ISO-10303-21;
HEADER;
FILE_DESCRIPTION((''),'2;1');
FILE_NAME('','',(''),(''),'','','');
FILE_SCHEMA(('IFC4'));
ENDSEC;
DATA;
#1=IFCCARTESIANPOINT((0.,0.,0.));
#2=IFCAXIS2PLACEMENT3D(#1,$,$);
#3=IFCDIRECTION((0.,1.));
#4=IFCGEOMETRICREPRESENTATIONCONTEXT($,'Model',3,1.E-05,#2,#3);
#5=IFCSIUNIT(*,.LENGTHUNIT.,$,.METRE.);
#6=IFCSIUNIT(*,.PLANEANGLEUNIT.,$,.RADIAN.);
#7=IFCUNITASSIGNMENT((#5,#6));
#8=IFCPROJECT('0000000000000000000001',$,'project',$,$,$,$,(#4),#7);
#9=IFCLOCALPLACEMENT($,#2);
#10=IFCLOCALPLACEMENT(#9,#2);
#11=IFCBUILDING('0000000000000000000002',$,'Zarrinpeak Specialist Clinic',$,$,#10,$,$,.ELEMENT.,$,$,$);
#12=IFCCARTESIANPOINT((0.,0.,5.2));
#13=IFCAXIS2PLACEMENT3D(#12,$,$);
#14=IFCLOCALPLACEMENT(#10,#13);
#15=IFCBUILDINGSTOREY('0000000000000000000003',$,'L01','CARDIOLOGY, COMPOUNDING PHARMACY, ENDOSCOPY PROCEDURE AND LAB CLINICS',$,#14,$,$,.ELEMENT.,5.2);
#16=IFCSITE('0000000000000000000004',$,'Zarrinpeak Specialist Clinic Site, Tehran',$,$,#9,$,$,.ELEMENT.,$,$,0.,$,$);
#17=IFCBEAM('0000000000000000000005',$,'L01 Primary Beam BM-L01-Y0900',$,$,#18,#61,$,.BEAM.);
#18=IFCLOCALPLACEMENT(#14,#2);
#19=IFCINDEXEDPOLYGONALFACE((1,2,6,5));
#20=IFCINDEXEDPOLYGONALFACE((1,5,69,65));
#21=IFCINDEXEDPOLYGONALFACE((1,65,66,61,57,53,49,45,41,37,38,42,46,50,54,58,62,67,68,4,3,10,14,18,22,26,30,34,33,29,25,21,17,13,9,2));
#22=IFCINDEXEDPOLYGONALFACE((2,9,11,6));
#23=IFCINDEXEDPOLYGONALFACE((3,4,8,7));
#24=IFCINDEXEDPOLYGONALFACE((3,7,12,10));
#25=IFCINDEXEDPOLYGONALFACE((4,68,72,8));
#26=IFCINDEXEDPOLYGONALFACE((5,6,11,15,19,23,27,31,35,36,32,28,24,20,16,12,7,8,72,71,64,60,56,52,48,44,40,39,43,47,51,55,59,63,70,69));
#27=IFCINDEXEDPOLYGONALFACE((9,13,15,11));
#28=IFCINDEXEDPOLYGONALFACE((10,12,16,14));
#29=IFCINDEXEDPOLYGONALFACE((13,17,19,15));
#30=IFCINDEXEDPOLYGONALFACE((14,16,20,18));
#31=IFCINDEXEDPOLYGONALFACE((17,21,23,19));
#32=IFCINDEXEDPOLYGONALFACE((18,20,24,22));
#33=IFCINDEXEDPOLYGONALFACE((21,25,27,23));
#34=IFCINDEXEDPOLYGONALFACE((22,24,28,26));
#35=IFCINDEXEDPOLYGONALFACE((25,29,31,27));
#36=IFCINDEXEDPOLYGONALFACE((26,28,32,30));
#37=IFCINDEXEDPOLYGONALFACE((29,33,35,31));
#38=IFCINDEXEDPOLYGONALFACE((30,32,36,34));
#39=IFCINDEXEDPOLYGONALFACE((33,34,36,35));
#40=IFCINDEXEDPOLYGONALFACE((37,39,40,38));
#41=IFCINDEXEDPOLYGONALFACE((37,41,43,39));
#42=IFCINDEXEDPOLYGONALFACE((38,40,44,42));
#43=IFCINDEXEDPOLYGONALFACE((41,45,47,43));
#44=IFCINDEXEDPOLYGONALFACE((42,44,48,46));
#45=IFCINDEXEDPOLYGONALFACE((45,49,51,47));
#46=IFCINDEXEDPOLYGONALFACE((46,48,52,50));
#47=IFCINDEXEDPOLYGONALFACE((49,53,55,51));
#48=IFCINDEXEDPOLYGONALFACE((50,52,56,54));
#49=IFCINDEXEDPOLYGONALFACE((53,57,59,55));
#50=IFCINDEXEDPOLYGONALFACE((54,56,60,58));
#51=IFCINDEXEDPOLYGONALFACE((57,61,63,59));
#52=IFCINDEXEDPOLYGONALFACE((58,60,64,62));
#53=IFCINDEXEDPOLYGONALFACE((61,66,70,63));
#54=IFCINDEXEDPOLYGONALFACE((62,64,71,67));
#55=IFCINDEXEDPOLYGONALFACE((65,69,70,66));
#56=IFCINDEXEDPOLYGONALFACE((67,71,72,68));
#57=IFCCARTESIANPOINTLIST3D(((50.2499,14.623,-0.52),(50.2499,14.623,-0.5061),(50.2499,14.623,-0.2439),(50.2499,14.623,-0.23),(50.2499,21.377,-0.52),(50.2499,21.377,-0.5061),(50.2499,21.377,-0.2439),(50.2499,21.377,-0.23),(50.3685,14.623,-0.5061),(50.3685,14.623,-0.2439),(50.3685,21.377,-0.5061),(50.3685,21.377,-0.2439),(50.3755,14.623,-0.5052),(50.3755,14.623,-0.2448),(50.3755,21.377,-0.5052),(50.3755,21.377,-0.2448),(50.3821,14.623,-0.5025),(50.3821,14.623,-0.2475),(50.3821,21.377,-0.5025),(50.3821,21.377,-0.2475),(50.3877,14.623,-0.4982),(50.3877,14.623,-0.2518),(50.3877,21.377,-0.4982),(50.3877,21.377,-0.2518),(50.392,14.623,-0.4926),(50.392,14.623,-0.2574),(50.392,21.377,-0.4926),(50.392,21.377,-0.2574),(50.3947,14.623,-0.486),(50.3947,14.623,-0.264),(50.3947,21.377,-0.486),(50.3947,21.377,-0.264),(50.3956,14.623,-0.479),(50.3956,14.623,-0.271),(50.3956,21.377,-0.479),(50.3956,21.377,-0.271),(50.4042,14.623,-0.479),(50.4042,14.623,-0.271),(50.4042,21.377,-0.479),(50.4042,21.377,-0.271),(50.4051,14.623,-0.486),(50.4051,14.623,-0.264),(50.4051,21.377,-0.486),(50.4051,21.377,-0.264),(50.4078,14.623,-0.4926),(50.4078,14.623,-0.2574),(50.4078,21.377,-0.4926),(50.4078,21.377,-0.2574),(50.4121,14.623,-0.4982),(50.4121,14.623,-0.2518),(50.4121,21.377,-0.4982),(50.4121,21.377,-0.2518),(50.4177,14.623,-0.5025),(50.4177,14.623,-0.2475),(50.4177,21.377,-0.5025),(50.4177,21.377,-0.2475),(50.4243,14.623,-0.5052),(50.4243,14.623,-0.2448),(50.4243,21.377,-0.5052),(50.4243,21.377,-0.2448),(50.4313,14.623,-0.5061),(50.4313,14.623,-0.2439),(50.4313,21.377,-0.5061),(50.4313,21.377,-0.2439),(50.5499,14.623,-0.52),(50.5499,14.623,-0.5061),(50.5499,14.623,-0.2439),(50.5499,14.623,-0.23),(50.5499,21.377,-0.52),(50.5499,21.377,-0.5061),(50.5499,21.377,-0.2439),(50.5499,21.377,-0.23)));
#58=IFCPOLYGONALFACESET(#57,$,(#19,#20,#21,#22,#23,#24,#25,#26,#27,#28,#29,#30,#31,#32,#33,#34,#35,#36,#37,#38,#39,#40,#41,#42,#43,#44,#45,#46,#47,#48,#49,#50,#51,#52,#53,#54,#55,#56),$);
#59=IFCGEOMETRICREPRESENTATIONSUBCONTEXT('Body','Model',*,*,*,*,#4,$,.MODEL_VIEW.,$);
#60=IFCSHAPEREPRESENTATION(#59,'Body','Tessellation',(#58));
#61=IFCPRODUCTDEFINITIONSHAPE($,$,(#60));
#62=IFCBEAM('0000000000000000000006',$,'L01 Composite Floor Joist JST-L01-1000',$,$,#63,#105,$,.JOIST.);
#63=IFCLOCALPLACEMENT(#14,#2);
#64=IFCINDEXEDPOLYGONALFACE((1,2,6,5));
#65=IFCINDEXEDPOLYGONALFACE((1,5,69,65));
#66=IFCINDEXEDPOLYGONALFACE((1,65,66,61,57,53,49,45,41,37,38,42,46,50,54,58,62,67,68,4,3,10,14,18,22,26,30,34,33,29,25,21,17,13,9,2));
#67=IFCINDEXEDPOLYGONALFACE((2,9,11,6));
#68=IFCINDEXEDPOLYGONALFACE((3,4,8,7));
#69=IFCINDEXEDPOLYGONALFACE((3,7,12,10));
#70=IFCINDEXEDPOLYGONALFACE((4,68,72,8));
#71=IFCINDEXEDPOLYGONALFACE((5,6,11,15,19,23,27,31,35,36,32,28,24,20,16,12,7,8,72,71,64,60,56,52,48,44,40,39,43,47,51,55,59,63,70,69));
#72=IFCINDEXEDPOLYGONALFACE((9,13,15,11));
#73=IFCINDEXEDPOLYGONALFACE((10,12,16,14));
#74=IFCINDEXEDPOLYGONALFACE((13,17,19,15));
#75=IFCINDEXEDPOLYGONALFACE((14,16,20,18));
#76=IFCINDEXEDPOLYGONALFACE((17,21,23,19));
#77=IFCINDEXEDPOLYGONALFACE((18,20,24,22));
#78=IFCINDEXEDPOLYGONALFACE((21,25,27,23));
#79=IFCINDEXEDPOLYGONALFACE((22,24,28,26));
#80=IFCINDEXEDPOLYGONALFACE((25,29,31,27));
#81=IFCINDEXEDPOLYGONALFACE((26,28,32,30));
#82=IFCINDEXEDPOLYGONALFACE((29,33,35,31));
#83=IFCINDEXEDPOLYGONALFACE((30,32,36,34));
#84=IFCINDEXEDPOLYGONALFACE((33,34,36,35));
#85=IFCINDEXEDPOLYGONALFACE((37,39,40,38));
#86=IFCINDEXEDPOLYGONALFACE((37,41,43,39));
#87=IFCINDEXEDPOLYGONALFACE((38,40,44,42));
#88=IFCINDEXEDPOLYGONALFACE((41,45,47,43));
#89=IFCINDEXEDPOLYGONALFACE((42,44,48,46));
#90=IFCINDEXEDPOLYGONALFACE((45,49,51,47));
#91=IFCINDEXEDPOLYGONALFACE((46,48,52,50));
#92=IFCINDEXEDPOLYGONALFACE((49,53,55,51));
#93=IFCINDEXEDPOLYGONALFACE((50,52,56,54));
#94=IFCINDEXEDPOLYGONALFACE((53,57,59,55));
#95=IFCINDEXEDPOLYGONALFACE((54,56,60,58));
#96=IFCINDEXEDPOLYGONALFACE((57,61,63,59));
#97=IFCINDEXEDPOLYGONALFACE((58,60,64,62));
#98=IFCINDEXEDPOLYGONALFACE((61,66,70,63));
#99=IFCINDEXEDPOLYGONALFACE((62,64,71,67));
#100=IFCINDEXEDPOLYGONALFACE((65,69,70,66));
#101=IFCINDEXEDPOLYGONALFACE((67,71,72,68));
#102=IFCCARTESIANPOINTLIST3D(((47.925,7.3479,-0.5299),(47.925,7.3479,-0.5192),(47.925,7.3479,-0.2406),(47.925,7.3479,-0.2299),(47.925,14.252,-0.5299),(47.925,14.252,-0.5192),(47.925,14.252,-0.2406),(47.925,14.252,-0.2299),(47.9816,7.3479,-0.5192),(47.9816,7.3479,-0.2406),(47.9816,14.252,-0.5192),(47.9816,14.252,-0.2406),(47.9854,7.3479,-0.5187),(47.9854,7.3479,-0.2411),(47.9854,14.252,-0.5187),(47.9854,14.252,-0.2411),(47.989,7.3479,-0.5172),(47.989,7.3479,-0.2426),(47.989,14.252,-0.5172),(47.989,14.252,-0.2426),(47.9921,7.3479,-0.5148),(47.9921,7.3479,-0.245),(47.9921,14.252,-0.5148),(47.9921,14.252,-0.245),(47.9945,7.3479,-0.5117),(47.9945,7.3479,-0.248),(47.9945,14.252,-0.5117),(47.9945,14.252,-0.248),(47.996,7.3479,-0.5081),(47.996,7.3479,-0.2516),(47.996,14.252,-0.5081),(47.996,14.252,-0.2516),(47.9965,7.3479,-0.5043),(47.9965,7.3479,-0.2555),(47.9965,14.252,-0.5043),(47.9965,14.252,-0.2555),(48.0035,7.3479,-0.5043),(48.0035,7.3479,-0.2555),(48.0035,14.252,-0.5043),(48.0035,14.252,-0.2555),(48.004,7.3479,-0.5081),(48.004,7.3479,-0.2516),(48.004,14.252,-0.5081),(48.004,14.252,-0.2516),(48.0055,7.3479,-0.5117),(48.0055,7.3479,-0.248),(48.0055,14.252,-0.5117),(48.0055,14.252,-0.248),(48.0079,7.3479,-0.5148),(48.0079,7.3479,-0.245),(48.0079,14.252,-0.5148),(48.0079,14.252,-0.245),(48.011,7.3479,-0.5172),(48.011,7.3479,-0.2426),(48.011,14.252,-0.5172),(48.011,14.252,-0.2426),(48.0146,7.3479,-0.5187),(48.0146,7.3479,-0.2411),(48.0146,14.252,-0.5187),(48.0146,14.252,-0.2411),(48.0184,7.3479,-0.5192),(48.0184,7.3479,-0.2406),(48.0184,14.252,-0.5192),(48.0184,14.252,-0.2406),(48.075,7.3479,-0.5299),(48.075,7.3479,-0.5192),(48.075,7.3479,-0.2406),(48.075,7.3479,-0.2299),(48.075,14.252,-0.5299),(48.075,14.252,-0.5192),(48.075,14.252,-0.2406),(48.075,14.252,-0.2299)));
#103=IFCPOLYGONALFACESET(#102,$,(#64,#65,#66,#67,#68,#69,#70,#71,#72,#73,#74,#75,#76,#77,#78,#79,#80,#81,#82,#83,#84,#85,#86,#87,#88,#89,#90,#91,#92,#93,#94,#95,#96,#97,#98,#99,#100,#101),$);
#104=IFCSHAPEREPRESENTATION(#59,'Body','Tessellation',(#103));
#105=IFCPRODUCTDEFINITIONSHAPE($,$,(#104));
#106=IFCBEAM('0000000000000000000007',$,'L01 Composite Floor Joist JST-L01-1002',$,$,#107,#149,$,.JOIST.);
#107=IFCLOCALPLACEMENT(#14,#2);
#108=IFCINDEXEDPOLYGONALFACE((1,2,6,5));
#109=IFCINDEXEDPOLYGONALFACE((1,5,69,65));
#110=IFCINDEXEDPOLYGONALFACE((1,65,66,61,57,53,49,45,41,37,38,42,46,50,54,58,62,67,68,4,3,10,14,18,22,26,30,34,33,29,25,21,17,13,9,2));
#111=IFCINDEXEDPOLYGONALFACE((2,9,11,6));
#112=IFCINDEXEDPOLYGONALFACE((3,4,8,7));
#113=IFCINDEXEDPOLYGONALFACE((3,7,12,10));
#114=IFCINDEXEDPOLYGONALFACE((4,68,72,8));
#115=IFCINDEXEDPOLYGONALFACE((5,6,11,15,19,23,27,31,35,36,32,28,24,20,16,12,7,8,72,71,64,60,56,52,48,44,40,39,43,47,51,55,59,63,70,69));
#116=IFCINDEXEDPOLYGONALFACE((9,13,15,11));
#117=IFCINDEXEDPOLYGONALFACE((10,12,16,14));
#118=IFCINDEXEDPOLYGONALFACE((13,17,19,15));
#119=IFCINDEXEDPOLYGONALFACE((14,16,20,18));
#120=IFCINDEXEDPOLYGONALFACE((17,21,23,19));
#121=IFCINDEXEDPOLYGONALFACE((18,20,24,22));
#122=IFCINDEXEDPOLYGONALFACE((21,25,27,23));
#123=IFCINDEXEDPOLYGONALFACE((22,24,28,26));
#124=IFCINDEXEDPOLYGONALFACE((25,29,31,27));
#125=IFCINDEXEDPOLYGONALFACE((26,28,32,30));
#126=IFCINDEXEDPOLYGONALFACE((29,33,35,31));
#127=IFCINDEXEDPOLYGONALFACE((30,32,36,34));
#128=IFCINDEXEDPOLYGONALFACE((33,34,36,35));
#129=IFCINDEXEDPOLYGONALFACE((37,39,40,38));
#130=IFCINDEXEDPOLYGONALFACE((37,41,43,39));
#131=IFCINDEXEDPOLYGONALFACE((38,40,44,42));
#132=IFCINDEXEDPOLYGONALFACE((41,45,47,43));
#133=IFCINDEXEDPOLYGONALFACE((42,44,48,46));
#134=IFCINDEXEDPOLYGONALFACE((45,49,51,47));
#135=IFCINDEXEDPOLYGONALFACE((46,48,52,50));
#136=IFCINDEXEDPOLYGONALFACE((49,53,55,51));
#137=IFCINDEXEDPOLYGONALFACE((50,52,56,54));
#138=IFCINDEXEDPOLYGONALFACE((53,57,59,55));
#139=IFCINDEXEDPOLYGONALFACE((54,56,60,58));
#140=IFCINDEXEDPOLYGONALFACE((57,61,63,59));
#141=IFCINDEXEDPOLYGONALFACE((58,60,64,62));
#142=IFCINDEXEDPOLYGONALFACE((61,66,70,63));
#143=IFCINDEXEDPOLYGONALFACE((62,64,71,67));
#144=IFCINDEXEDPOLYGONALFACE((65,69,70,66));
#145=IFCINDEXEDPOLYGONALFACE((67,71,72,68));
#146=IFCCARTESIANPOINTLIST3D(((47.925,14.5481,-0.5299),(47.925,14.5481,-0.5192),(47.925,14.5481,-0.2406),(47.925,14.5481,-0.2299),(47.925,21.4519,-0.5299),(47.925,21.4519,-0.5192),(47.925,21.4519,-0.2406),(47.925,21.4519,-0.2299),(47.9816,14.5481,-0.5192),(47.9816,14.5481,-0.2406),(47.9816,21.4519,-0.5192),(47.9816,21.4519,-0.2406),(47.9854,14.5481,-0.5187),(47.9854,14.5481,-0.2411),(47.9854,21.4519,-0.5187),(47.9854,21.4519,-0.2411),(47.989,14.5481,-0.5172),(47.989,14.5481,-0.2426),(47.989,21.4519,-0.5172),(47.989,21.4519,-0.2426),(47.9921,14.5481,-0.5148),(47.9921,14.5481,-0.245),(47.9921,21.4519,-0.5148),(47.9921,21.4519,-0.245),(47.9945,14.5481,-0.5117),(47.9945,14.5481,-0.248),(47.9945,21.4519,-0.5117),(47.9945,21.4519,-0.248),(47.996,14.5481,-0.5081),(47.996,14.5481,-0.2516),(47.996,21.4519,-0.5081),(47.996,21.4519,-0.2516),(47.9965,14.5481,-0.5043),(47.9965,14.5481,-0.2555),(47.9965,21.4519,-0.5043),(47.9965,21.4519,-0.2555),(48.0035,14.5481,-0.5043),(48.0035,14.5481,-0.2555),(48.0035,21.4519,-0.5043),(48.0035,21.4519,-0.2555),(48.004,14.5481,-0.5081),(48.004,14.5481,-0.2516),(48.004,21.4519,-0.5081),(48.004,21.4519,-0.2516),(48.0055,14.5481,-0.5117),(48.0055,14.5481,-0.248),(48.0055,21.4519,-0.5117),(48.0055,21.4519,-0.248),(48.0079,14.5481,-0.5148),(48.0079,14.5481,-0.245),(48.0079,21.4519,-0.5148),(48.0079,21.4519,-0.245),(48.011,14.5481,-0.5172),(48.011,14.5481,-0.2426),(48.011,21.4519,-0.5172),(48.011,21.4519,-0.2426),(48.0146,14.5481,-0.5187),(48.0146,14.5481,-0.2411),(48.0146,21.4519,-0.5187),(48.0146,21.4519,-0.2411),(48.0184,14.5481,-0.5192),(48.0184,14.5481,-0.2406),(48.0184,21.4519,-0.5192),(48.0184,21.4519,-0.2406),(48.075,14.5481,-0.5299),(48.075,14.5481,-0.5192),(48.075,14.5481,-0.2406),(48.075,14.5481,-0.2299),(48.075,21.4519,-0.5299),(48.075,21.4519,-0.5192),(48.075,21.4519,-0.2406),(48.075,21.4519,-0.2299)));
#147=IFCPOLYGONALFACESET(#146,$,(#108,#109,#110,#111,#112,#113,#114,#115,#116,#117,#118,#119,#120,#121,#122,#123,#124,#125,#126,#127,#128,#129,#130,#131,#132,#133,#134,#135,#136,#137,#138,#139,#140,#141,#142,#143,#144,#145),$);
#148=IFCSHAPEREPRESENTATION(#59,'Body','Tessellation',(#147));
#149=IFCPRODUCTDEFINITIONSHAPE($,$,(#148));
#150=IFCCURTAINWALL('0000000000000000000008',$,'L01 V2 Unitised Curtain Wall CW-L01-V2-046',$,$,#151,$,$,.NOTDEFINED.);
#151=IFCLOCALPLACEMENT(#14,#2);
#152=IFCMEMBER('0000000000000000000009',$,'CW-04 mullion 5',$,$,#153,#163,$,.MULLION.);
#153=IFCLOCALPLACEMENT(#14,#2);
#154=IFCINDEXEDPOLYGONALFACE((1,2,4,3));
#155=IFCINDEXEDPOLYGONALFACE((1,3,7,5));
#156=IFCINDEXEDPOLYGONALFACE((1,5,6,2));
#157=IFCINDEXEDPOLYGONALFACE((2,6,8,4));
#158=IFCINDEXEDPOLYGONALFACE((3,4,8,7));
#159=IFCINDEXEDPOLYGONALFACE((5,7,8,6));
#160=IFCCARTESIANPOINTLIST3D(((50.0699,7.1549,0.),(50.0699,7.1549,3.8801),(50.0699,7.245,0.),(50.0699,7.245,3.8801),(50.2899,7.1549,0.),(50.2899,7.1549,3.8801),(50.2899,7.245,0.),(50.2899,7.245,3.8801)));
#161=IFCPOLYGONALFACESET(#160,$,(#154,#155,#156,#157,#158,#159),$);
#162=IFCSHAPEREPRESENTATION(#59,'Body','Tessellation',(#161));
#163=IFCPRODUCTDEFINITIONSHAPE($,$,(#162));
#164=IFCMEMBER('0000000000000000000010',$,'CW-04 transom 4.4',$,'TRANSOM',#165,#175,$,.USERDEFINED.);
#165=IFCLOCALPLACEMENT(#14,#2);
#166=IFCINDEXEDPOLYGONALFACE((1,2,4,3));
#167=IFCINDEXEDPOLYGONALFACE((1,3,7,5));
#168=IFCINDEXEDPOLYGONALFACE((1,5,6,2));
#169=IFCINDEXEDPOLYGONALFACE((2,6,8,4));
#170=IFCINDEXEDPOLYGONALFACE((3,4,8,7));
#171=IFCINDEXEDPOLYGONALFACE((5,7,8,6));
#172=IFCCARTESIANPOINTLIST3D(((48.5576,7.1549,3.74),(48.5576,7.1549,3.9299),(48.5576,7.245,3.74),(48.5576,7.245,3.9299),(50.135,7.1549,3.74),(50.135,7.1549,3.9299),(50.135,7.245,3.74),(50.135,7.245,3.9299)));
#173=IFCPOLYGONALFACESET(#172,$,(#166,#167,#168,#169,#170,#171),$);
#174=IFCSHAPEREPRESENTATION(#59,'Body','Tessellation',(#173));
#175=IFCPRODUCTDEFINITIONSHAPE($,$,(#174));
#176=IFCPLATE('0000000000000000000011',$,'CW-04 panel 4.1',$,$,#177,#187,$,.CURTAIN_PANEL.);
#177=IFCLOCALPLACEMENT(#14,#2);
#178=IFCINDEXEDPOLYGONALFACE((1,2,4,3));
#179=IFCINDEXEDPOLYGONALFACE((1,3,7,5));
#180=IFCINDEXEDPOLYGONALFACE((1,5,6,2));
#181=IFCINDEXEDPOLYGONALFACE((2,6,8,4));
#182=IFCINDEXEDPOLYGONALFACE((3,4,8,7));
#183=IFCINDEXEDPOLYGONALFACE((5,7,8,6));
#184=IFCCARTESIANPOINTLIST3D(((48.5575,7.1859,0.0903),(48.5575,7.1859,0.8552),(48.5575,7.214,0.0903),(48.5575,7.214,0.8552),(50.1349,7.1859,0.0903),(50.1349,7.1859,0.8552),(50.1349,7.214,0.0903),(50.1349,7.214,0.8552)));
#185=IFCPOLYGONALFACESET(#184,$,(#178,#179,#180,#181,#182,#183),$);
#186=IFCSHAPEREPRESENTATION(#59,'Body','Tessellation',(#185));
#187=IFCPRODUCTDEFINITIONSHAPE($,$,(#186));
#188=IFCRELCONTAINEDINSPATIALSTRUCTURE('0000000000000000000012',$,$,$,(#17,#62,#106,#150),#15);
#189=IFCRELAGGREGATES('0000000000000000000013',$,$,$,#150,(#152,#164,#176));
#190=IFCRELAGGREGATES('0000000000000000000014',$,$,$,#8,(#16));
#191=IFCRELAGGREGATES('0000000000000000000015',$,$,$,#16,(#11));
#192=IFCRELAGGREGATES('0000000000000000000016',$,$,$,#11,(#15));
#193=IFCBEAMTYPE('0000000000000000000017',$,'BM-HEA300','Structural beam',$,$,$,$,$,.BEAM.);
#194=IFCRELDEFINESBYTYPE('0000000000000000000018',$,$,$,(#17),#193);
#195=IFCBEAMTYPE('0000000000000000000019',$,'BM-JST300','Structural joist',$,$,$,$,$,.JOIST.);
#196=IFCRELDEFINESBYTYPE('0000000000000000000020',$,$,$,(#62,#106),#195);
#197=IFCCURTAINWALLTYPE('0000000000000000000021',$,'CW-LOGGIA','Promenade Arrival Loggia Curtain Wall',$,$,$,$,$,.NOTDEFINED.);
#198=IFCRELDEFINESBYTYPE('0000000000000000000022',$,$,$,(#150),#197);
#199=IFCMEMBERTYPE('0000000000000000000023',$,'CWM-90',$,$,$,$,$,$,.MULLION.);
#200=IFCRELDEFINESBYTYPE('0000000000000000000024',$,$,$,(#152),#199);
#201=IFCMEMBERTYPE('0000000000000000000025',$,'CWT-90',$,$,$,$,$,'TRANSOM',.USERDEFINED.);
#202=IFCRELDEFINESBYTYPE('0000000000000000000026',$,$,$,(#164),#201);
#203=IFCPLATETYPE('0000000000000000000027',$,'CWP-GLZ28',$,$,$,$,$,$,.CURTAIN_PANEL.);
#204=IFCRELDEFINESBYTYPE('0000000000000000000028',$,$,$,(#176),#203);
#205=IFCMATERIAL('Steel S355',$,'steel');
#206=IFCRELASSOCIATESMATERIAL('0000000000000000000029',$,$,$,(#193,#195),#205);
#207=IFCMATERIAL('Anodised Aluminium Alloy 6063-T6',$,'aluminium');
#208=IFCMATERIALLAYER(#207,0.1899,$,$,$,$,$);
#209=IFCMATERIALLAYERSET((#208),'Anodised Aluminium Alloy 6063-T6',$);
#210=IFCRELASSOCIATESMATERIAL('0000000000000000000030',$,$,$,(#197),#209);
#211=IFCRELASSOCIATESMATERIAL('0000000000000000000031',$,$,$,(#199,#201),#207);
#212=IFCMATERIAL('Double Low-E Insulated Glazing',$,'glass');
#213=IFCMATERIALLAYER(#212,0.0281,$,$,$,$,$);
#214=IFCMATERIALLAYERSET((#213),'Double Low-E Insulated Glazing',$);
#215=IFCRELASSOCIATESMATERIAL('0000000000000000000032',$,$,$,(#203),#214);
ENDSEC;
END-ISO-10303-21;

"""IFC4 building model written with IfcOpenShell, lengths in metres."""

from ifc_helpers import new_model, si_unit, direction, frame, origin, origin_2d, place, context, subcontext, project, spatial, rectangle, i_section, extrude, material, layer, layer_set, material_profile, profile_set, type_object, element, aggregate, save


model = new_model("IFC4")

# Units and contexts
model_context = context("Model", 3, precision=1e-05, world=origin(), true_north=direction((0.0, 1.0)))
body_context = subcontext(model_context, "Body", "Model", "MODEL_VIEW")
ifc_project = project(units=[si_unit("LENGTHUNIT", "METRE"), si_unit("PLANEANGLEUNIT", "RADIAN")], contexts=[model_context])

# Site, building, storey
site_placement = place(None, origin())
site = spatial("IfcSite", under=ifc_project, at=site_placement, Name="Zarrinpeak Specialist Clinic Site, Tehran", CompositionType="ELEMENT", RefElevation=0.0)
building_placement = place(site_placement, origin())
building = spatial("IfcBuilding", under=site, at=building_placement, Name="Zarrinpeak Specialist Clinic", CompositionType="ELEMENT")
storey_placement = place(building_placement, frame((0.0, 0.0, 5.2)))
storey = spatial("IfcBuildingStorey", under=building, at=storey_placement, Name="L01", Description="CARDIOLOGY, COMPOUNDING PHARMACY, ENDOSCOPY PROCEDURE AND LAB CLINICS", CompositionType="ELEMENT", Elevation=5.2)

# Shared definitions
ifc_material_1 = material(Name="Steel S355", Category="steel")

# Beams
ifc_material_profile_1 = material_profile(ifc_material_1, i_section(OverallWidth=0.3, OverallDepth=0.29, WebThickness=0.0085, FlangeThickness=0.0139, FilletRadius=0.0271, at=origin_2d()), Name="HEA 300")
ifc_profile_set_1 = profile_set([ifc_material_profile_1], Name="Steel S355")
beam_type_1 = type_object("IfcBeamType", Name="BM-HEA300", Description="Structural beam", PredefinedType="BEAM", material=ifc_profile_set_1)
for number, where, z_axis, x_axis, name in (
    (1, (50.3999, 14.623, -0.375), (0.0, 1.0, 0.0), (-1.0, 0.0, 0.0), "L01 Primary Beam BM-L01-Y0900"),
):
    element("IfcBeam", number, at=place(storey_placement, frame(where, z_axis=z_axis, x_axis=x_axis)), inside=storey, type_object=beam_type_1, Name=name, PredefinedType="BEAM", context=body_context, shape_type="SweptSolid", body=[
        extrude(i_section(OverallWidth=0.3, OverallDepth=0.29, WebThickness=0.0085, FlangeThickness=0.0139, FilletRadius=0.0271, at=origin_2d()), origin(), (0.0, 0.0, 1.0), 6.7539),
    ])
ifc_material_profile_2 = material_profile(ifc_material_1, i_section(OverallWidth=0.1499, OverallDepth=0.3, WebThickness=0.0071, FlangeThickness=0.0107, FilletRadius=0.0149, at=origin_2d()), Name="IPE 300")
ifc_profile_set_2 = profile_set([ifc_material_profile_2], Name="Steel S355")
beam_type_2 = type_object("IfcBeamType", Name="BM-JST300", Description="Structural joist", PredefinedType="JOIST", material=ifc_profile_set_2)
beam_1_placement = place(storey_placement, frame((48.0, 7.3479, -0.3799), z_axis=(0.0, 1.0, 0.0), x_axis=(-1.0, 0.0, 0.0)))
element("IfcBeam", 2, at=beam_1_placement, inside=storey, type_object=beam_type_2, Name="L01 Composite Floor Joist JST-L01-1000", PredefinedType="JOIST", context=body_context, shape_type="SweptSolid", body=[
    extrude(i_section(OverallWidth=0.1499, OverallDepth=0.3, WebThickness=0.0071, FlangeThickness=0.0107, FilletRadius=0.0149, at=origin_2d()), origin(), (0.0, 0.0, 1.0), 6.9041),
])
beam_2_placement = place(storey_placement, frame((48.0, 14.5481, -0.3799), z_axis=(0.0, 1.0, 0.0), x_axis=(-1.0, 0.0, 0.0)))
element("IfcBeam", 3, at=beam_2_placement, inside=storey, type_object=beam_type_2, Name="L01 Composite Floor Joist JST-L01-1002", PredefinedType="JOIST", context=body_context, shape_type="SweptSolid", body=[
    extrude(i_section(OverallWidth=0.1499, OverallDepth=0.3, WebThickness=0.0071, FlangeThickness=0.0107, FilletRadius=0.0149, at=origin_2d()), origin(), (0.0, 0.0, 1.0), 6.9038),
])

# Curtain wall, members, plate
ifc_material_2 = material(Name="Anodised Aluminium Alloy 6063-T6", Category="aluminium")
ifc_layer_1 = layer(ifc_material_2, 0.1899)
ifc_layer_set_1 = layer_set([ifc_layer_1], Name="Anodised Aluminium Alloy 6063-T6")
curtain_wall_type = type_object("IfcCurtainWallType", Name="CW-LOGGIA", Description="Promenade Arrival Loggia Curtain Wall", PredefinedType="NOTDEFINED", material=ifc_layer_set_1)
curtain_wall_placement = place(storey_placement, origin())
curtain_wall = element("IfcCurtainWall", 4, at=curtain_wall_placement, inside=storey, type_object=curtain_wall_type, Name="L01 V2 Unitised Curtain Wall CW-L01-V2-046", PredefinedType="NOTDEFINED")
ifc_material_profile_3 = material_profile(ifc_material_2, rectangle(XDim=0.0901, YDim=0.22, at=origin_2d()), Name="ALU 90x220")
ifc_profile_set_3 = profile_set([ifc_material_profile_3], Name="Anodised Aluminium Alloy 6063-T6")
member_type_1 = type_object("IfcMemberType", Name="CWM-90", PredefinedType="MULLION", material=ifc_profile_set_3)
member_1_placement = place(storey_placement, frame((50.1799, 7.2, 0.0), z_axis=(0.0, 0.0, 1.0), x_axis=(0.0, 1.0, 0.0)))
member_1 = element("IfcMember", 5, at=member_1_placement, type_object=member_type_1, Name="CW-04 mullion 5", PredefinedType="MULLION", context=body_context, shape_type="SweptSolid", body=[
    extrude(rectangle(XDim=0.0901, YDim=0.22, at=origin_2d()), origin(), (0.0, 0.0, 1.0), 3.8801),
])
ifc_material_profile_4 = material_profile(ifc_material_2, rectangle(XDim=0.0901, YDim=0.1899, at=origin_2d()), Name="ALU 90x190")
ifc_profile_set_4 = profile_set([ifc_material_profile_4], Name="Anodised Aluminium Alloy 6063-T6")
member_type_2 = type_object("IfcMemberType", Name="CWT-90", ElementType="TRANSOM", PredefinedType="USERDEFINED", material=ifc_profile_set_4)
member_2_placement = place(storey_placement, frame((48.5576, 7.2, 3.835), z_axis=(1.0, 0.0, 0.0), x_axis=(0.0, 1.0, 0.0)))
member_2 = element("IfcMember", 6, at=member_2_placement, type_object=member_type_2, Name="CW-04 transom 4.4", ObjectType="TRANSOM", PredefinedType="USERDEFINED", context=body_context, shape_type="SweptSolid", body=[
    extrude(rectangle(XDim=0.0901, YDim=0.1899, at=origin_2d()), origin(), (0.0, 0.0, 1.0), 1.5774),
])
ifc_material_3 = material(Name="Double Low-E Insulated Glazing", Category="glass")
ifc_layer_2 = layer(ifc_material_3, 0.0281)
ifc_layer_set_2 = layer_set([ifc_layer_2], Name="Double Low-E Insulated Glazing")
plate_type = type_object("IfcPlateType", Name="CWP-GLZ28", PredefinedType="CURTAIN_PANEL", material=ifc_layer_set_2)
plate_1_placement = place(storey_placement, frame((49.3462, 7.2, 0.0903), z_axis=(0.0, 0.0, 1.0), x_axis=(1.0, 0.0, 0.0)))
plate_1 = element("IfcPlate", 7, at=plate_1_placement, type_object=plate_type, Name="CW-04 panel 4.1", PredefinedType="CURTAIN_PANEL", context=body_context, shape_type="SweptSolid", body=[
    extrude(rectangle(XDim=1.5774, YDim=0.0281, at=origin_2d()), origin(), (0.0, 0.0, 1.0), 0.7649),
])
aggregate(curtain_wall, [member_1, member_2, plate_1])

save(model, "model.ifc")
